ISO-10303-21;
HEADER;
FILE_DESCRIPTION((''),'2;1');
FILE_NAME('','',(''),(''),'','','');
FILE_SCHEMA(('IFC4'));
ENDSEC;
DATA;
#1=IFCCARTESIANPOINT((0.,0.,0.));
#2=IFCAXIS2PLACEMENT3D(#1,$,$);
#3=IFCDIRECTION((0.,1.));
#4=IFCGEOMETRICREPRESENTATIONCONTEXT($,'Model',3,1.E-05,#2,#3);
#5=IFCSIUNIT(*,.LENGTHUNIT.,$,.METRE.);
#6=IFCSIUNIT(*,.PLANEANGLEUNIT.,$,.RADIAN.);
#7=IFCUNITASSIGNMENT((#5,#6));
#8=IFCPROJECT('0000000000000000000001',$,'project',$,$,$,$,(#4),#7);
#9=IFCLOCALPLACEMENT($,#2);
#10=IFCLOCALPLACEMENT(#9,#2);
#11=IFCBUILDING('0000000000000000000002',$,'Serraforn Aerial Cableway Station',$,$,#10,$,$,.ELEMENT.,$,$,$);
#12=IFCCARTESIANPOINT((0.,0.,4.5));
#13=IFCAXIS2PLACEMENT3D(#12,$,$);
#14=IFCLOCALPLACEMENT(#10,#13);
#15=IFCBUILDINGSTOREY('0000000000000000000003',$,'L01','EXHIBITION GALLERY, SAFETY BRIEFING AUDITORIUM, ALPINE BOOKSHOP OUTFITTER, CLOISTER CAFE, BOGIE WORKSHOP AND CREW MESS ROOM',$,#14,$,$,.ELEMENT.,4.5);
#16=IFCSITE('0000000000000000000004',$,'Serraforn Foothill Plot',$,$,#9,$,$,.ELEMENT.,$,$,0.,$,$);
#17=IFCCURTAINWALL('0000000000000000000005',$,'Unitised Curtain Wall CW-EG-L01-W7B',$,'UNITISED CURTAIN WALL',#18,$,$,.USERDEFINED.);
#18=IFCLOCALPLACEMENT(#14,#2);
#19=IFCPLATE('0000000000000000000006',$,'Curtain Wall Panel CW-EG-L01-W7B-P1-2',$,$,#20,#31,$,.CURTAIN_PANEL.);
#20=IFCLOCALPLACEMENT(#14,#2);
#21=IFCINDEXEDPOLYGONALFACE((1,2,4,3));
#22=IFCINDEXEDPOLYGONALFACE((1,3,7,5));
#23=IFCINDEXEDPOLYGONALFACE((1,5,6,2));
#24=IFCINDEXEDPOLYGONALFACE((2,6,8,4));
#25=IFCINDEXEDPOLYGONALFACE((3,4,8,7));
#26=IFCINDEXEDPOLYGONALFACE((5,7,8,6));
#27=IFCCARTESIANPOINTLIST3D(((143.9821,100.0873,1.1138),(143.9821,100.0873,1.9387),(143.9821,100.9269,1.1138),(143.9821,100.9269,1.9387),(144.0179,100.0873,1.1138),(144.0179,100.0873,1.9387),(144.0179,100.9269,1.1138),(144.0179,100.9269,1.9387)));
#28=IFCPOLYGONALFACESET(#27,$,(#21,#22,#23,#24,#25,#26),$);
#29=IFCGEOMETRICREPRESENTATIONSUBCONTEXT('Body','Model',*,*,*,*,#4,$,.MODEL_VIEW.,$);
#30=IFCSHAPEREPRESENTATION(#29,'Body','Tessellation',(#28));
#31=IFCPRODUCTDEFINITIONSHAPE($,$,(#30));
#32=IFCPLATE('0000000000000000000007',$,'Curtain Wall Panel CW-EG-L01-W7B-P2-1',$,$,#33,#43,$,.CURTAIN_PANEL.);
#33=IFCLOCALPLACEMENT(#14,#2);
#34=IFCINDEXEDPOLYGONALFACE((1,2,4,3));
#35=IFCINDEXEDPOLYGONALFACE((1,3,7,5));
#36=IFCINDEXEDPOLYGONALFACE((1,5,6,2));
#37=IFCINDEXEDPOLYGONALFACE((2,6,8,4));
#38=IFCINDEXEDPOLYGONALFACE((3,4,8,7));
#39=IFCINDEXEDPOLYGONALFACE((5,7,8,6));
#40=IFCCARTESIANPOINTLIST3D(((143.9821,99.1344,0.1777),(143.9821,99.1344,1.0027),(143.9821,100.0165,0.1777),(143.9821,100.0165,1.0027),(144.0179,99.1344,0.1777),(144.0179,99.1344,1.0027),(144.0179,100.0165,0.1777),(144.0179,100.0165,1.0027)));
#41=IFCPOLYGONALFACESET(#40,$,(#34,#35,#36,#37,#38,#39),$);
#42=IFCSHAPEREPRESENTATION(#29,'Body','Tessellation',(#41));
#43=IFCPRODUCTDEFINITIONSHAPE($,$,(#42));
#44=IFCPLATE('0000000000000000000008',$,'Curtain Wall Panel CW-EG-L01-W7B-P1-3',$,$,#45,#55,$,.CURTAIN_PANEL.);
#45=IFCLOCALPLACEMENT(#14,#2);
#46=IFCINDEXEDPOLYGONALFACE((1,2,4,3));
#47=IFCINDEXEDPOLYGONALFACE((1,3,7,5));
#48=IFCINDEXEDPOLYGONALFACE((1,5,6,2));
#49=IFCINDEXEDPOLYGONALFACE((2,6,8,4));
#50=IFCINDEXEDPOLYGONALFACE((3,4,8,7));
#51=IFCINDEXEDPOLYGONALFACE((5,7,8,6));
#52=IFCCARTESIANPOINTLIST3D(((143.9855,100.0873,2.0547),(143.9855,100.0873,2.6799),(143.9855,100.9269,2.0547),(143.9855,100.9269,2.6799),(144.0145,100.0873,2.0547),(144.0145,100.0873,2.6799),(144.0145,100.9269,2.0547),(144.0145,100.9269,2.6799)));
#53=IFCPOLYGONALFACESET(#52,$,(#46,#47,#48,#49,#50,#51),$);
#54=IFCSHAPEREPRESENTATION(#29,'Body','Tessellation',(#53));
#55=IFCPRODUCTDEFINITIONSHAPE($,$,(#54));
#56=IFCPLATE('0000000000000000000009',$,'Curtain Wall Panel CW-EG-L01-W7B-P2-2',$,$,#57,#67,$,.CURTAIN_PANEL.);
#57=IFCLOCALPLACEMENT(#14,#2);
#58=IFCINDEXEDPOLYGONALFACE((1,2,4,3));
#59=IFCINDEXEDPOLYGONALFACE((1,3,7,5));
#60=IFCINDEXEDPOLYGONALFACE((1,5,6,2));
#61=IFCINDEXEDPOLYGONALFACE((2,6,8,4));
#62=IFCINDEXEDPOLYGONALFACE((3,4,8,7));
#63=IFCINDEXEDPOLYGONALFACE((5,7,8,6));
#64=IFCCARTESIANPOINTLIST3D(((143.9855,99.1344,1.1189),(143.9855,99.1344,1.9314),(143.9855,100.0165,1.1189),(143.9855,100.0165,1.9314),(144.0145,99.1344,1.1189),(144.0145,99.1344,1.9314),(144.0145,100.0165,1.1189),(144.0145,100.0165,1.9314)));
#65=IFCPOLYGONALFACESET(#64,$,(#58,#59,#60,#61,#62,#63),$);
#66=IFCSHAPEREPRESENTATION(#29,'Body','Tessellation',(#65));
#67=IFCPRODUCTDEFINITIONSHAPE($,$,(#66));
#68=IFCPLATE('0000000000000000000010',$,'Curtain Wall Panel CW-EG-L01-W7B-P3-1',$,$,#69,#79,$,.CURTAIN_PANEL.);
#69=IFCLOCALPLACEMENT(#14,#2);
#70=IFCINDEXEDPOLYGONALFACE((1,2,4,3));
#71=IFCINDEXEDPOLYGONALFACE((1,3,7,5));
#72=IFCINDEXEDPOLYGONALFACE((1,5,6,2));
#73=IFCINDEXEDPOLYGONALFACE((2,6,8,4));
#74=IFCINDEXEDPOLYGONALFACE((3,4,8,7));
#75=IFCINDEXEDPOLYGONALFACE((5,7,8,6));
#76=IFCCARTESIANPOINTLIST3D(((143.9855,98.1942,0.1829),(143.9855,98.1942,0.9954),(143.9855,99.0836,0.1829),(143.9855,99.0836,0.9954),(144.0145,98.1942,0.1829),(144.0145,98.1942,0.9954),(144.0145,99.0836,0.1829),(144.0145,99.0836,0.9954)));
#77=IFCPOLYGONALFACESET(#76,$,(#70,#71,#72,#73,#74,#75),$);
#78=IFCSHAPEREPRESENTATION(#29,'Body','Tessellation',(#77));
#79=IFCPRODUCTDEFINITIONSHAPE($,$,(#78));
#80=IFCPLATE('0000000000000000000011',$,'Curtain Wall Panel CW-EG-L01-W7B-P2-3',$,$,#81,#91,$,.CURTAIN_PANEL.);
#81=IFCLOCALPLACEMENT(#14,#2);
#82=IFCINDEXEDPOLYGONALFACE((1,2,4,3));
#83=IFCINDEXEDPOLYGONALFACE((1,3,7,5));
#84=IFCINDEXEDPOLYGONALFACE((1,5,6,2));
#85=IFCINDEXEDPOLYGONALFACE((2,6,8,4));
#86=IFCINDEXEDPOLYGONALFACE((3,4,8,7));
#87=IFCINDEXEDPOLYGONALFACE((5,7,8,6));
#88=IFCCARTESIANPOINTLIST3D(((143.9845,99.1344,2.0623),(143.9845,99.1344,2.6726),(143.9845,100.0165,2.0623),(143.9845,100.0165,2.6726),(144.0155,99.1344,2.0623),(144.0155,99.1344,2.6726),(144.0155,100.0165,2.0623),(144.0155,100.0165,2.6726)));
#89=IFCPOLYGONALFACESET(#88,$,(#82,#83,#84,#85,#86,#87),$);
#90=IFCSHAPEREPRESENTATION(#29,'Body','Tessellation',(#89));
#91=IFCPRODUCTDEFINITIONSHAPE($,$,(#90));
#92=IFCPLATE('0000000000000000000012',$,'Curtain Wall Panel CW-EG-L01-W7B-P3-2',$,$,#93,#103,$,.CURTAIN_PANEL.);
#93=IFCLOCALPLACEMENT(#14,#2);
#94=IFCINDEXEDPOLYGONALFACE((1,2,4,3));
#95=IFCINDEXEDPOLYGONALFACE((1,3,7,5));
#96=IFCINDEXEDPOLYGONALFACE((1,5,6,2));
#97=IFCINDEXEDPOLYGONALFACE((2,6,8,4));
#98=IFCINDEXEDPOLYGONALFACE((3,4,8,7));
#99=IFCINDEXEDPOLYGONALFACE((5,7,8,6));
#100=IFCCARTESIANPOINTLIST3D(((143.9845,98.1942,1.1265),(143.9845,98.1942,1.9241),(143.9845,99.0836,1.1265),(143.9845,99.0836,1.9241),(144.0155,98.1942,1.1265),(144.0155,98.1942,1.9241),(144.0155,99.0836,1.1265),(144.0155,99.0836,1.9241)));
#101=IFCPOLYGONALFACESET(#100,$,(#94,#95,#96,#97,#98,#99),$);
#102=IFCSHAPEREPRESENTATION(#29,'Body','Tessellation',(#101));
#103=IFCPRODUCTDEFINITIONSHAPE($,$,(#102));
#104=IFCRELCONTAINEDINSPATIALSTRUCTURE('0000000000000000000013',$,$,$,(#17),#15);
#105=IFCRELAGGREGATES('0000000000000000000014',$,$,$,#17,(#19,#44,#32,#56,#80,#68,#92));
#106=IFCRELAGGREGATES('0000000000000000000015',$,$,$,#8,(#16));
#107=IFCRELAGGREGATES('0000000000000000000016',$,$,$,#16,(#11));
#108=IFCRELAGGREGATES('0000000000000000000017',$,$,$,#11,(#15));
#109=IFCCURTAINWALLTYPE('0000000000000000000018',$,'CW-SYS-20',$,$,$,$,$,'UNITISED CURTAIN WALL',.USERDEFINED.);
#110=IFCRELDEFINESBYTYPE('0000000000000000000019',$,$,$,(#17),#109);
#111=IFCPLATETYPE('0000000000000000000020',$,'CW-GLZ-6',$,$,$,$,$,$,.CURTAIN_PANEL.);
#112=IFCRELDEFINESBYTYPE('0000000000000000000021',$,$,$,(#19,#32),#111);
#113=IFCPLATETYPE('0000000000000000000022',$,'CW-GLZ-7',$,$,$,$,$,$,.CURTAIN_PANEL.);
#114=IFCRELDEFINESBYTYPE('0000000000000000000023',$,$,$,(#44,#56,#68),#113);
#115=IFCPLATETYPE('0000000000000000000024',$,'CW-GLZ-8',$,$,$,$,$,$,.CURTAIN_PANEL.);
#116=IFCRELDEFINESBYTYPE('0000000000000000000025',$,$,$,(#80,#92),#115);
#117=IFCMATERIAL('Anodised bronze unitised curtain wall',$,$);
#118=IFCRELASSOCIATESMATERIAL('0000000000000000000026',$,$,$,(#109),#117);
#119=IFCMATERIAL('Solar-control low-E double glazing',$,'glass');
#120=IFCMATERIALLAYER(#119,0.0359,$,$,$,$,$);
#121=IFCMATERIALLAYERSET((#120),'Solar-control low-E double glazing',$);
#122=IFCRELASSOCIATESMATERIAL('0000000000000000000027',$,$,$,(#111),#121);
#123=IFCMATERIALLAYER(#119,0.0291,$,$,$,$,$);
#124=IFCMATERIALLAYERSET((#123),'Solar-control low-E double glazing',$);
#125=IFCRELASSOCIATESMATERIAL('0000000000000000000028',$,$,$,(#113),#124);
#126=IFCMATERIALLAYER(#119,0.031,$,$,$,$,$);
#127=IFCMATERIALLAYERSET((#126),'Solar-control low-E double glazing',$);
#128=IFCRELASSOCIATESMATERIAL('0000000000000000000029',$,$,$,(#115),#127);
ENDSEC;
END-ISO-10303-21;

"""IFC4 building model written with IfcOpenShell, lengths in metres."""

from ifc_helpers import new_model, si_unit, direction, frame, origin, origin_2d, place, context, subcontext, project, spatial, rectangle, extrude, material, layer, layer_set, type_object, element, aggregate, save


model = new_model("IFC4")

# Units and contexts
model_context = context("Model", 3, precision=1e-05, world=origin(), true_north=direction((0.0, 1.0)))
body_context = subcontext(model_context, "Body", "Model", "MODEL_VIEW")
ifc_project = project(units=[si_unit("LENGTHUNIT", "METRE"), si_unit("PLANEANGLEUNIT", "RADIAN")], contexts=[model_context])

# Site, building, storey
site_placement = place(None, origin())
site = spatial("IfcSite", under=ifc_project, at=site_placement, Name="Serraforn Foothill Plot", CompositionType="ELEMENT", RefElevation=0.0)
building_placement = place(site_placement, origin())
building = spatial("IfcBuilding", under=site, at=building_placement, Name="Serraforn Aerial Cableway Station", CompositionType="ELEMENT")
storey_placement = place(building_placement, frame((0.0, 0.0, 4.5)))
storey = spatial("IfcBuildingStorey", under=building, at=storey_placement, Name="L01", Description="EXHIBITION GALLERY, SAFETY BRIEFING AUDITORIUM, ALPINE BOOKSHOP OUTFITTER, CLOISTER CAFE, BOGIE WORKSHOP AND CREW MESS ROOM", CompositionType="ELEMENT", Elevation=4.5)

# Curtain wall, plates
ifc_material_1 = material(Name="Anodised bronze unitised curtain wall")
curtain_wall_type = type_object("IfcCurtainWallType", Name="CW-SYS-20", ElementType="UNITISED CURTAIN WALL", PredefinedType="USERDEFINED", material=ifc_material_1)
curtain_wall_placement = place(storey_placement, origin())
curtain_wall = element("IfcCurtainWall", 1, at=curtain_wall_placement, inside=storey, type_object=curtain_wall_type, Name="Unitised Curtain Wall CW-EG-L01-W7B", ObjectType="UNITISED CURTAIN WALL", PredefinedType="USERDEFINED")
ifc_material_2 = material(Name="Solar-control low-E double glazing", Category="glass")
ifc_layer_1 = layer(ifc_material_2, 0.0359)
ifc_layer_set_1 = layer_set([ifc_layer_1], Name="Solar-control low-E double glazing")
plate_type_1 = type_object("IfcPlateType", Name="CW-GLZ-6", PredefinedType="CURTAIN_PANEL", material=ifc_layer_set_1)
plate_1_placement = place(storey_placement, frame((144.0, 100.5071, 1.1138), z_axis=(0.0, 0.0, 1.0), x_axis=(1.0, 0.0, 0.0)))
plate_1 = element("IfcPlate", 2, at=plate_1_placement, type_object=plate_type_1, Name="Curtain Wall Panel CW-EG-L01-W7B-P1-2", PredefinedType="CURTAIN_PANEL", context=body_context, shape_type="SweptSolid", body=[
    extrude(rectangle(XDim=0.0359, YDim=0.8396, at=origin_2d()), origin(), (0.0, 0.0, 1.0), 0.825),
])
plate_2_placement = place(storey_placement, frame((144.0, 99.5754, 0.1777), z_axis=(0.0, 0.0, 1.0), x_axis=(1.0, 0.0, 0.0)))
plate_2 = element("IfcPlate", 3, at=plate_2_placement, type_object=plate_type_1, Name="Curtain Wall Panel CW-EG-L01-W7B-P2-1", PredefinedType="CURTAIN_PANEL", context=body_context, shape_type="SweptSolid", body=[
    extrude(rectangle(XDim=0.0359, YDim=0.8821, at=origin_2d()), origin(), (0.0, 0.0, 1.0), 0.825),
])
ifc_layer_2 = layer(ifc_material_2, 0.0291)
ifc_layer_set_2 = layer_set([ifc_layer_2], Name="Solar-control low-E double glazing")
plate_type_2 = type_object("IfcPlateType", Name="CW-GLZ-7", PredefinedType="CURTAIN_PANEL", material=ifc_layer_set_2)
plate_3_placement = place(storey_placement, frame((144.0, 100.5071, 2.0547), z_axis=(0.0, 0.0, 1.0), x_axis=(1.0, 0.0, 0.0)))
plate_3 = element("IfcPlate", 4, at=plate_3_placement, type_object=plate_type_2, Name="Curtain Wall Panel CW-EG-L01-W7B-P1-3", PredefinedType="CURTAIN_PANEL", context=body_context, shape_type="SweptSolid", body=[
    extrude(rectangle(XDim=0.0291, YDim=0.8396, at=origin_2d()), origin(), (0.0, 0.0, 1.0), 0.6252),
])
plate_4_placement = place(storey_placement, frame((144.0, 99.5754, 1.1189), z_axis=(0.0, 0.0, 1.0), x_axis=(1.0, 0.0, 0.0)))
plate_4 = element("IfcPlate", 5, at=plate_4_placement, type_object=plate_type_2, Name="Curtain Wall Panel CW-EG-L01-W7B-P2-2", PredefinedType="CURTAIN_PANEL", context=body_context, shape_type="SweptSolid", body=[
    extrude(rectangle(XDim=0.0291, YDim=0.8821, at=origin_2d()), origin(), (0.0, 0.0, 1.0), 0.8125),
])
plate_5_placement = place(storey_placement, frame((144.0, 98.6389, 0.1829), z_axis=(0.0, 0.0, 1.0), x_axis=(1.0, 0.0, 0.0)))
plate_5 = element("IfcPlate", 6, at=plate_5_placement, type_object=plate_type_2, Name="Curtain Wall Panel CW-EG-L01-W7B-P3-1", PredefinedType="CURTAIN_PANEL", context=body_context, shape_type="SweptSolid", body=[
    extrude(rectangle(XDim=0.0291, YDim=0.8894, at=origin_2d()), origin(), (0.0, 0.0, 1.0), 0.8125),
])
ifc_layer_3 = layer(ifc_material_2, 0.031)
ifc_layer_set_3 = layer_set([ifc_layer_3], Name="Solar-control low-E double glazing")
plate_type_3 = type_object("IfcPlateType", Name="CW-GLZ-8", PredefinedType="CURTAIN_PANEL", material=ifc_layer_set_3)
plate_6_placement = place(storey_placement, frame((144.0, 99.5754, 2.0623), z_axis=(0.0, 0.0, 1.0), x_axis=(1.0, 0.0, 0.0)))
plate_6 = element("IfcPlate", 7, at=plate_6_placement, type_object=plate_type_3, Name="Curtain Wall Panel CW-EG-L01-W7B-P2-3", PredefinedType="CURTAIN_PANEL", context=body_context, shape_type="SweptSolid", body=[
    extrude(rectangle(XDim=0.031, YDim=0.8821, at=origin_2d()), origin(), (0.0, 0.0, 1.0), 0.6104),
])
plate_7_placement = place(storey_placement, frame((144.0, 98.6389, 1.1265), z_axis=(0.0, 0.0, 1.0), x_axis=(1.0, 0.0, 0.0)))
plate_7 = element("IfcPlate", 8, at=plate_7_placement, type_object=plate_type_3, Name="Curtain Wall Panel CW-EG-L01-W7B-P3-2", PredefinedType="CURTAIN_PANEL", context=body_context, shape_type="SweptSolid", body=[
    extrude(rectangle(XDim=0.031, YDim=0.8894, at=origin_2d()), origin(), (0.0, 0.0, 1.0), 0.7976),
])
aggregate(curtain_wall, [plate_1, plate_3, plate_2, plate_4, plate_6, plate_5, plate_7])

save(model, "model.ifc")
